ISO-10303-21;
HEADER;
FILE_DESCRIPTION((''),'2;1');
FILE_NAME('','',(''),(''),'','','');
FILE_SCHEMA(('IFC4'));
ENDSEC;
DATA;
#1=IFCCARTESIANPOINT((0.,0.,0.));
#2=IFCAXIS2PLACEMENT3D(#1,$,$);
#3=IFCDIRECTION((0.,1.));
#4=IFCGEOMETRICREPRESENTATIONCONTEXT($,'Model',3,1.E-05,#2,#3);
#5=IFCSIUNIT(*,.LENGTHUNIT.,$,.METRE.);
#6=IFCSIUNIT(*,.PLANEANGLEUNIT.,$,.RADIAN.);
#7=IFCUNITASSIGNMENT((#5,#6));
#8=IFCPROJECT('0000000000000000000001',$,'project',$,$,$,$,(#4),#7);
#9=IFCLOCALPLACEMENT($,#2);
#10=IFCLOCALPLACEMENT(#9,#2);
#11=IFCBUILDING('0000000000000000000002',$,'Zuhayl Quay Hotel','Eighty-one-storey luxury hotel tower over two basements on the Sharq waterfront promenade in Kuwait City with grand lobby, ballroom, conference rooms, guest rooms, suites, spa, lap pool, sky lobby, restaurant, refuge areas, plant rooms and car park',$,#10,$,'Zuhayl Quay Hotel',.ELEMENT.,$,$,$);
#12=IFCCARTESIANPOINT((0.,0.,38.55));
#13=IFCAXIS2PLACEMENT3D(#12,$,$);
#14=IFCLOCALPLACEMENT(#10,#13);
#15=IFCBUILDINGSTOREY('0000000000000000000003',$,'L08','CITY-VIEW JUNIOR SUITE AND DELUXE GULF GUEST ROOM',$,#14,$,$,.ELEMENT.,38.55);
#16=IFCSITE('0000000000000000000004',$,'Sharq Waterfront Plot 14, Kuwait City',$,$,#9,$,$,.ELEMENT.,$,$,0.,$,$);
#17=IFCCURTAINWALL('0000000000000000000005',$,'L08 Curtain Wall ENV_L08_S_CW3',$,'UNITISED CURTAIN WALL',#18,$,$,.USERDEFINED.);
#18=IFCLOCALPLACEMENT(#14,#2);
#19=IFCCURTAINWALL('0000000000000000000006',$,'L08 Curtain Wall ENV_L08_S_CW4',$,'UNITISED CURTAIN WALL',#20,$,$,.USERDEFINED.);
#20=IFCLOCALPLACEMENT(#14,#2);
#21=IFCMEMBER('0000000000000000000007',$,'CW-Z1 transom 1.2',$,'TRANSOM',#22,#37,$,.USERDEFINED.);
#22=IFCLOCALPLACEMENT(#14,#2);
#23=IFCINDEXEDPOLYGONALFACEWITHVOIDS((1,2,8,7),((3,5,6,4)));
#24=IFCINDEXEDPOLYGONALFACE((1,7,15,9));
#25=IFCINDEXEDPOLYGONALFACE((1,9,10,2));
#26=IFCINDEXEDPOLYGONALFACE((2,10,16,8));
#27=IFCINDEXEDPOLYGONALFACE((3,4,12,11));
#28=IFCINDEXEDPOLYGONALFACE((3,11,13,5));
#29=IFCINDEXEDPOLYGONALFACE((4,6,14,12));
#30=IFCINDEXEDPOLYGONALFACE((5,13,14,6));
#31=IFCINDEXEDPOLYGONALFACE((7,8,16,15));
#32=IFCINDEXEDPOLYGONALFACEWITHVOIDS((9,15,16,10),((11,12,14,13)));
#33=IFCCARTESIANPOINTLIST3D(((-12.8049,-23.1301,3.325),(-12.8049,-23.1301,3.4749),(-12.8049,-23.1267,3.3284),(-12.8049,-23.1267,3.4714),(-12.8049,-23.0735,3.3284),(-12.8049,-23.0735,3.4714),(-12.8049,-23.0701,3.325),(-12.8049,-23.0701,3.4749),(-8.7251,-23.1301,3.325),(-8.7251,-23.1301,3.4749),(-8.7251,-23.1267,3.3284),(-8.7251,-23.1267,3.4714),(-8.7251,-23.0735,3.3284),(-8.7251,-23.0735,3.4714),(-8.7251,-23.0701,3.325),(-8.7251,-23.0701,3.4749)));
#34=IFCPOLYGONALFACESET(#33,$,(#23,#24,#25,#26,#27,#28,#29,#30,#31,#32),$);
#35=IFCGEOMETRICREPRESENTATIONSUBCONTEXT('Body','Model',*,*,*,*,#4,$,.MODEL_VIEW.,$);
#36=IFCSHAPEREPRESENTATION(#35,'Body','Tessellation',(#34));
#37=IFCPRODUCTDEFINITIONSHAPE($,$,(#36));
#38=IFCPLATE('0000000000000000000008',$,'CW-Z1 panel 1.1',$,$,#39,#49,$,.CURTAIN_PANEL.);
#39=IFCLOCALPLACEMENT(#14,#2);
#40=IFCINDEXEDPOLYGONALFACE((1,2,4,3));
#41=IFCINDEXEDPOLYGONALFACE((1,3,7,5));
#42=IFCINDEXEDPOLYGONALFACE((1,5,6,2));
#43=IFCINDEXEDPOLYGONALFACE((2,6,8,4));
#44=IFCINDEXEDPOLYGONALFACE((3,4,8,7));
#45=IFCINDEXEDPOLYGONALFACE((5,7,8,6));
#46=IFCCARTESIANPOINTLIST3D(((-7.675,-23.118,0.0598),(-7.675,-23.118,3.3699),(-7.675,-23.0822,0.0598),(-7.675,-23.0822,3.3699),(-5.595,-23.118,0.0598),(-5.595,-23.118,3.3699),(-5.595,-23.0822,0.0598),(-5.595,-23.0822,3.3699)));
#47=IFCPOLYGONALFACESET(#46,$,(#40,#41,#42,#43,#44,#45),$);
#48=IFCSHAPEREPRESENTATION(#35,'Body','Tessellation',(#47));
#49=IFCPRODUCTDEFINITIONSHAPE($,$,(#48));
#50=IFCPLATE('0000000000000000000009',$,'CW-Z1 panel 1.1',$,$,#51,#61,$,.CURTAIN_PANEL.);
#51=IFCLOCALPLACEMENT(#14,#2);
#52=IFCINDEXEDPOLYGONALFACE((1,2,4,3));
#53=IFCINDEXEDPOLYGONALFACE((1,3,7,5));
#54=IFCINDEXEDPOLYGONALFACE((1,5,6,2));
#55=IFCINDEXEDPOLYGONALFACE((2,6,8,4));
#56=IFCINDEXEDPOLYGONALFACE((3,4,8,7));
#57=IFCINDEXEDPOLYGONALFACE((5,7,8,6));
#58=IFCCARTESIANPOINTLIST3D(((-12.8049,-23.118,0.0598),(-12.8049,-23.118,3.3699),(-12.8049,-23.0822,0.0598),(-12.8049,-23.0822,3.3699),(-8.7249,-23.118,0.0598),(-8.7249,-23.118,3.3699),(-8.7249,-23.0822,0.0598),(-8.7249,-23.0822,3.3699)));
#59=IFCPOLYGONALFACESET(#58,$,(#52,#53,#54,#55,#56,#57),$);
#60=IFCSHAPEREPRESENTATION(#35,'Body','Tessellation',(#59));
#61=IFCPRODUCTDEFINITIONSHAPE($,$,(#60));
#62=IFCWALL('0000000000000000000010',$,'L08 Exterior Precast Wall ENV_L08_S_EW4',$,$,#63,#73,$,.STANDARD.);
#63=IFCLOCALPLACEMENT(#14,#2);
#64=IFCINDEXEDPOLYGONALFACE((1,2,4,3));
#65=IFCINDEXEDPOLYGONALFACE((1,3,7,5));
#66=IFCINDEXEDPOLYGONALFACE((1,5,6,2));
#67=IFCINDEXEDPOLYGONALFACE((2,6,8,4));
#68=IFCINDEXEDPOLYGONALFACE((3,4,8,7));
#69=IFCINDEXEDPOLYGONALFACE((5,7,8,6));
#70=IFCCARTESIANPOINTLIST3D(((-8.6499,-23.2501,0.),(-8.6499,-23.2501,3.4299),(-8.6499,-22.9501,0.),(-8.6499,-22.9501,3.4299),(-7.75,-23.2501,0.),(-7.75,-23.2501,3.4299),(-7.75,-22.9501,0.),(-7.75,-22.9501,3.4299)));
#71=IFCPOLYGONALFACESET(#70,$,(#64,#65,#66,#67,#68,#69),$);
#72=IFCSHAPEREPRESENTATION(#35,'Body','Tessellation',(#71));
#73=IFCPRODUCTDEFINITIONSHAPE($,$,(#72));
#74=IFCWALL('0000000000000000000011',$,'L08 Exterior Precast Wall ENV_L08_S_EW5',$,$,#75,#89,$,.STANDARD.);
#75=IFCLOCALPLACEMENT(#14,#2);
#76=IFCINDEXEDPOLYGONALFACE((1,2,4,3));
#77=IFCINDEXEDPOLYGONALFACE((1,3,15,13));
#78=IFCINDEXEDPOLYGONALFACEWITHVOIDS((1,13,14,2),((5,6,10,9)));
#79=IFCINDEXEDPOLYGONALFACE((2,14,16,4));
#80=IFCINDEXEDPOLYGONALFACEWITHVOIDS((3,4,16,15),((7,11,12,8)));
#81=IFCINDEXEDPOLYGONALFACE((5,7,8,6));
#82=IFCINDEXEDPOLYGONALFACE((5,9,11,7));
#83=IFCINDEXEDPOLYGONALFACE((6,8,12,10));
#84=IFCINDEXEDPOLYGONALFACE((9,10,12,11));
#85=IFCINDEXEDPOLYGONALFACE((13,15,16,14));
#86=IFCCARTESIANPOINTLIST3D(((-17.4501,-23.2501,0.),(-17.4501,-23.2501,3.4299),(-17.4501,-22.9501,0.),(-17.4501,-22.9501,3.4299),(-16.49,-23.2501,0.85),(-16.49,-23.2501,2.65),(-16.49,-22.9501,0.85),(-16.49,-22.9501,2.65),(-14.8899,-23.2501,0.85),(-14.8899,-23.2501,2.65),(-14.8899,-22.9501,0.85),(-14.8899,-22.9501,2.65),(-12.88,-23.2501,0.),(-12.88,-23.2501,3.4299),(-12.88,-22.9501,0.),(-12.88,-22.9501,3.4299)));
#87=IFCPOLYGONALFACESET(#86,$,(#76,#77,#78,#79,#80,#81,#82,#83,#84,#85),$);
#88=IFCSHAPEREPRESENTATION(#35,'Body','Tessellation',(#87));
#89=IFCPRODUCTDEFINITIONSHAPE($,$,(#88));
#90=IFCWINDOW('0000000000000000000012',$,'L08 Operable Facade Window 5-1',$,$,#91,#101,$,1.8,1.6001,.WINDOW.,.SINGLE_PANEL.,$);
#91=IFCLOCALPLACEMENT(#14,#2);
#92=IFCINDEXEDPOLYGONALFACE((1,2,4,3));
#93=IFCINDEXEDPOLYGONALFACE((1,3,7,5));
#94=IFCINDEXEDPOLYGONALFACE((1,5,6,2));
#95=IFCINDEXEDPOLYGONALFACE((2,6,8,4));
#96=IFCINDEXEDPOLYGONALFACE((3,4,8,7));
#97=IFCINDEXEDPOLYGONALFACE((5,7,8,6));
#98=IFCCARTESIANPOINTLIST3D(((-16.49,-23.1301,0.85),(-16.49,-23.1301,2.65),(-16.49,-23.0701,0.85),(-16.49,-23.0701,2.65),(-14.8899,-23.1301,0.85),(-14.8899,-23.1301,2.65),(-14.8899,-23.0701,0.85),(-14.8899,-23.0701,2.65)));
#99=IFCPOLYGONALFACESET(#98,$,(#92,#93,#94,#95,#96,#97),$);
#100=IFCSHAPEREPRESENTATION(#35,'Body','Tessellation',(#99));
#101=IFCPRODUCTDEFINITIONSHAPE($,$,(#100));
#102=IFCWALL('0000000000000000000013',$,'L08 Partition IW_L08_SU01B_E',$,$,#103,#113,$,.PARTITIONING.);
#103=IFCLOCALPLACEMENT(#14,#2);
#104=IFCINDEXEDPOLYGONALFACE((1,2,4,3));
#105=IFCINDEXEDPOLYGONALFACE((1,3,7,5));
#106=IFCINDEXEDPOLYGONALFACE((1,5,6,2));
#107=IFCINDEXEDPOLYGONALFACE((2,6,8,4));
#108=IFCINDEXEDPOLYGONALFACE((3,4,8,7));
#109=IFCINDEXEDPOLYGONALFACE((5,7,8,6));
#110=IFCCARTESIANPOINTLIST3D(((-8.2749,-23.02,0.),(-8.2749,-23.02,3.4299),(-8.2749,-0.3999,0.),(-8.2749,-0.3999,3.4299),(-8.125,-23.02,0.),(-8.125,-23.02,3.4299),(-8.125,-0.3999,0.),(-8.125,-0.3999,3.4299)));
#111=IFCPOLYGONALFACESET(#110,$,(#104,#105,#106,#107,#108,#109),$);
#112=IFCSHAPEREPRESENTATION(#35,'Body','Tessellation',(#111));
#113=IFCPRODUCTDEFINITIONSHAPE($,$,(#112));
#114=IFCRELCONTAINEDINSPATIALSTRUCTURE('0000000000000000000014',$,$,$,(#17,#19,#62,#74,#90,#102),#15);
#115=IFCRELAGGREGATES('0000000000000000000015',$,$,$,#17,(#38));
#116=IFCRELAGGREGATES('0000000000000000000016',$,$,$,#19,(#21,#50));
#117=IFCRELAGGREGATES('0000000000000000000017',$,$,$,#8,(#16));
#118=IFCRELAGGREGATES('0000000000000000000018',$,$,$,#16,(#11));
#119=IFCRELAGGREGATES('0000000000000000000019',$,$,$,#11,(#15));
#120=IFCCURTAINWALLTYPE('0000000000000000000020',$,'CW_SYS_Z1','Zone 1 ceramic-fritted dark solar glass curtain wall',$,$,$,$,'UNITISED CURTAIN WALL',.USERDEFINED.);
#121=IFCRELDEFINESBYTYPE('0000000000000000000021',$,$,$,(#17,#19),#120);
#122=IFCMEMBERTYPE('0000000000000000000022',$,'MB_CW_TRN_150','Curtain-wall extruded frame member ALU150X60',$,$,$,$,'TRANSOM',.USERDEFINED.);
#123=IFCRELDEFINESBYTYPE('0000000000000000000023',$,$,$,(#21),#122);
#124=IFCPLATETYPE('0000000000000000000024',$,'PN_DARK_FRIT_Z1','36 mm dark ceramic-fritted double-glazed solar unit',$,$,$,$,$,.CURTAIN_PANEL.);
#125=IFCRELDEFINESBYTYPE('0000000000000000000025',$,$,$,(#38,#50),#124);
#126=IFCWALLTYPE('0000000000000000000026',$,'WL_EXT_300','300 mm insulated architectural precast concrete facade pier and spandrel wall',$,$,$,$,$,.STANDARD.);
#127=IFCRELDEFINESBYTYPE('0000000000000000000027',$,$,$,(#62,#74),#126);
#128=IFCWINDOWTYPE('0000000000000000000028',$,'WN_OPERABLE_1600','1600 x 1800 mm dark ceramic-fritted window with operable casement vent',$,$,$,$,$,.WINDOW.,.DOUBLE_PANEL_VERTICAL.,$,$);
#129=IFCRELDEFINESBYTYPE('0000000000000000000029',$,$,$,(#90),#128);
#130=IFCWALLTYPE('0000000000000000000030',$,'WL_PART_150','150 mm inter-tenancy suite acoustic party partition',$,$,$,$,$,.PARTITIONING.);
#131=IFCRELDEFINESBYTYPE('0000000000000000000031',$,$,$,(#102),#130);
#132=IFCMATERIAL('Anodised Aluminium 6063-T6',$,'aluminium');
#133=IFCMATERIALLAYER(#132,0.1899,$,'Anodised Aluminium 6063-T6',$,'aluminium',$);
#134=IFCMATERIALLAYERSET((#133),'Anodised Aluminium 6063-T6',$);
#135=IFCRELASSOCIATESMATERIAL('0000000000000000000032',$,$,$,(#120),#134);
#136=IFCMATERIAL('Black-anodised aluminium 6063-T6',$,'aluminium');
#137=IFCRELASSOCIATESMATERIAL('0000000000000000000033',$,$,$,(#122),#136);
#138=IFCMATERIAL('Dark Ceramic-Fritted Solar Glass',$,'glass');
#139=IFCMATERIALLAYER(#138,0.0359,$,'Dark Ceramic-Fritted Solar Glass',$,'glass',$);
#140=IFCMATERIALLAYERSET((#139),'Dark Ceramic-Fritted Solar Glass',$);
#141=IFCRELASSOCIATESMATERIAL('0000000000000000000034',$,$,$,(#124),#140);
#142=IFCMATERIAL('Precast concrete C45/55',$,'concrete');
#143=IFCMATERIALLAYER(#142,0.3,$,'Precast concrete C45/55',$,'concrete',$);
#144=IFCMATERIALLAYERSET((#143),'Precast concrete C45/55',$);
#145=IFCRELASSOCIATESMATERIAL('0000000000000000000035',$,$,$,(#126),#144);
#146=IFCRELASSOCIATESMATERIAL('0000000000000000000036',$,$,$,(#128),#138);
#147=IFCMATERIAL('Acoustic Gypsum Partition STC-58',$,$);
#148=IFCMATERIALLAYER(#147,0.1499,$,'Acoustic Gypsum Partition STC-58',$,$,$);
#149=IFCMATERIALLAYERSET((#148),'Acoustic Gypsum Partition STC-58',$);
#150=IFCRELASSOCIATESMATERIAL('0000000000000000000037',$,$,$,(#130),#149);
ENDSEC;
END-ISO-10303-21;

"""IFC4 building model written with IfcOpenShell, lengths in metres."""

from ifc_helpers import new_model, si_unit, direction, frame, frame_2d, origin, origin_2d, place, context, subcontext, project, spatial, rectangle, hollow_rectangle, extrude, material, layer, layer_set, material_profile, profile_set, type_object, element, fill, aggregate, save


model = new_model("IFC4")

# Units and contexts
model_context = context("Model", 3, precision=1e-05, world=origin(), true_north=direction((0.0, 1.0)))
body_context = subcontext(model_context, "Body", "Model", "MODEL_VIEW")
ifc_project = project(units=[si_unit("LENGTHUNIT", "METRE"), si_unit("PLANEANGLEUNIT", "RADIAN")], contexts=[model_context])

# Site, building, storey
site_placement = place(None, origin())
site = spatial("IfcSite", under=ifc_project, at=site_placement, Name="Sharq Waterfront Plot 14, Kuwait City", CompositionType="ELEMENT", RefElevation=0.0)
building_placement = place(site_placement, origin())
building = spatial("IfcBuilding", under=site, at=building_placement, Name="Zuhayl Quay Hotel", Description="Eighty-one-storey luxury hotel tower over two basements on the Sharq waterfront promenade in Kuwait City with grand lobby, ballroom, conference rooms, guest rooms, suites, spa, lap pool, sky lobby, restaurant, refuge areas, plant rooms and car park", LongName="Zuhayl Quay Hotel", CompositionType="ELEMENT")
storey_placement = place(building_placement, frame((0.0, 0.0, 38.55)))
storey = spatial("IfcBuildingStorey", under=building, at=storey_placement, Name="L08", Description="CITY-VIEW JUNIOR SUITE AND DELUXE GULF GUEST ROOM", CompositionType="ELEMENT", Elevation=38.55)

# Curtain walls
ifc_material_1 = material(Name="Anodised Aluminium 6063-T6", Category="aluminium")
ifc_layer_1 = layer(ifc_material_1, 0.1899, Name="Anodised Aluminium 6063-T6", Category="aluminium")
ifc_layer_set_1 = layer_set([ifc_layer_1], Name="Anodised Aluminium 6063-T6")
curtain_wall_type = type_object("IfcCurtainWallType", Name="CW_SYS_Z1", Description="Zone 1 ceramic-fritted dark solar glass curtain wall", ElementType="UNITISED CURTAIN WALL", PredefinedType="USERDEFINED", material=ifc_layer_set_1)
curtain_wall_1_placement = place(storey_placement, origin())
curtain_wall_1 = element("IfcCurtainWall", 1, at=curtain_wall_1_placement, inside=storey, type_object=curtain_wall_type, Name="L08 Curtain Wall ENV_L08_S_CW3", ObjectType="UNITISED CURTAIN WALL", PredefinedType="USERDEFINED")
ifc_material_2 = material(Name="Black-anodised aluminium 6063-T6", Category="aluminium")
curtain_wall_2_placement = place(storey_placement, origin())
curtain_wall_2 = element("IfcCurtainWall", 2, at=curtain_wall_2_placement, inside=storey, type_object=curtain_wall_type, Name="L08 Curtain Wall ENV_L08_S_CW4", ObjectType="UNITISED CURTAIN WALL", PredefinedType="USERDEFINED")

# Member
ifc_material_profile_1 = material_profile(ifc_material_2, hollow_rectangle(XDim=0.0601, YDim=0.1499, WallThickness=0.0034, at=origin_2d()), Name="ALU150X60")
ifc_profile_set_1 = profile_set([ifc_material_profile_1], Name="Black-anodised aluminium 6063-T6")
member_type_1 = type_object("IfcMemberType", Name="MB_CW_TRN_150", Description="Curtain-wall extruded frame member ALU150X60", ElementType="TRANSOM", PredefinedType="USERDEFINED", material=ifc_profile_set_1)
member_1_placement = place(storey_placement, frame((-8.7251, -23.1001, 3.3999), z_axis=(-1.0, 0.0, 0.0), x_axis=(0.0, -1.0, 0.0)))
member_1 = element("IfcMember", 3, at=member_1_placement, type_object=member_type_1, Name="CW-Z1 transom 1.2", ObjectType="TRANSOM", PredefinedType="USERDEFINED", context=body_context, shape_type="SweptSolid", body=[
    extrude(hollow_rectangle(XDim=0.0601, YDim=0.1499, WallThickness=0.0034, at=origin_2d()), origin(), (0.0, 0.0, 1.0), 4.0798),
])

# Plates
ifc_material_3 = material(Name="Dark Ceramic-Fritted Solar Glass", Category="glass")
ifc_layer_2 = layer(ifc_material_3, 0.0359, Name="Dark Ceramic-Fritted Solar Glass", Category="glass")
ifc_layer_set_2 = layer_set([ifc_layer_2], Name="Dark Ceramic-Fritted Solar Glass")
plate_type = type_object("IfcPlateType", Name="PN_DARK_FRIT_Z1", Description="36 mm dark ceramic-fritted double-glazed solar unit", PredefinedType="CURTAIN_PANEL", material=ifc_layer_set_2)
plate_1_placement = place(storey_placement, frame((-6.635, -23.1001, 0.0598), z_axis=(0.0, 0.0, 1.0), x_axis=(-1.0, 0.0, 0.0)))
plate_1 = element("IfcPlate", 4, at=plate_1_placement, type_object=plate_type, Name="CW-Z1 panel 1.1", PredefinedType="CURTAIN_PANEL", context=body_context, shape_type="SweptSolid", body=[
    extrude(rectangle(XDim=2.0801, YDim=0.0359, at=origin_2d()), origin(), (0.0, 0.0, 1.0), 3.3101),
])
aggregate(curtain_wall_1, [plate_1])
plate_2_placement = place(storey_placement, frame((-10.7649, -23.1001, 0.0598), z_axis=(0.0, 0.0, 1.0), x_axis=(-1.0, 0.0, 0.0)))
plate_2 = element("IfcPlate", 5, at=plate_2_placement, type_object=plate_type, Name="CW-Z1 panel 1.1", PredefinedType="CURTAIN_PANEL", context=body_context, shape_type="SweptSolid", body=[
    extrude(rectangle(XDim=4.0801, YDim=0.0359, at=origin_2d()), origin(), (0.0, 0.0, 1.0), 3.3101),
])
aggregate(curtain_wall_2, [member_1, plate_2])

# Wall
ifc_material_4 = material(Name="Precast concrete C45/55", Category="concrete")
ifc_layer_3 = layer(ifc_material_4, 0.3, Name="Precast concrete C45/55", Category="concrete")
ifc_layer_set_3 = layer_set([ifc_layer_3], Name="Precast concrete C45/55")
wall_type_1 = type_object("IfcWallType", Name="WL_EXT_300", Description="300 mm insulated architectural precast concrete facade pier and spandrel wall", PredefinedType="STANDARD", material=ifc_layer_set_3)
wall_1_placement = place(storey_placement, frame((-7.75, -23.1001, 0.0), z_axis=(0.0, 0.0, 1.0), x_axis=(-1.0, 0.0, 0.0)))
element("IfcWall", 6, at=wall_1_placement, inside=storey, type_object=wall_type_1, Name="L08 Exterior Precast Wall ENV_L08_S_EW4", PredefinedType="STANDARD", context=body_context, shape_type="SweptSolid", body=[
    extrude(rectangle(XDim=0.8999, YDim=0.3, at=frame_2d((0.45, 0.0))), origin(), (0.0, 0.0, 1.0), 3.4299),
])

# Wall, opening, window
wall_2_placement = place(storey_placement, frame((-12.8799, -23.1001, 0.0), z_axis=(0.0, 0.0, 1.0), x_axis=(-1.0, 0.0, 0.0)))
wall_2 = element("IfcWall", 7, at=wall_2_placement, inside=storey, type_object=wall_type_1, Name="L08 Exterior Precast Wall ENV_L08_S_EW5", PredefinedType="STANDARD", context=body_context, shape_type="SweptSolid", body=[
    extrude(rectangle(XDim=4.5701, YDim=0.3, at=frame_2d((2.2852, 0.0))), origin(), (0.0, 0.0, 1.0), 3.4299),
])
opening_placement = place(wall_2_placement, frame((2.01, 0.0, 0.8501)))
opening = element("IfcOpeningElement", 8, at=opening_placement, cuts=wall_2, PredefinedType="OPENING", context=body_context, shape_type="SweptSolid", body=[
    extrude(rectangle(XDim=1.6001, YDim=1.8, at=frame_2d((0.8, 0.8999))), frame((0.0, 0.1599, 0.0), z_axis=(0.0, -1.0, 0.0), x_axis=(1.0, 0.0, 0.0)), (0.0, 0.0, 1.0), 0.3201),
])
window_type = type_object("IfcWindowType", Name="WN_OPERABLE_1600", Description="1600 x 1800 mm dark ceramic-fritted window with operable casement vent", PartitioningType="DOUBLE_PANEL_VERTICAL", PredefinedType="WINDOW", material=ifc_material_3)
window_placement = place(opening_placement, origin())
window = element("IfcWindow", 9, at=window_placement, inside=storey, type_object=window_type, Name="L08 Operable Facade Window 5-1", OverallHeight=1.8, OverallWidth=1.6001, PartitioningType="SINGLE_PANEL", PredefinedType="WINDOW", context=body_context, shape_type="SweptSolid", body=[
    extrude(rectangle(XDim=1.6001, YDim=1.8, at=frame_2d((0.8, 0.8999))), frame((0.0, 0.03, 0.0), z_axis=(0.0, -1.0, 0.0), x_axis=(1.0, 0.0, 0.0)), (0.0, 0.0, 1.0), 0.0601),
])
fill(opening, window)

# Wall
ifc_material_5 = material(Name="Acoustic Gypsum Partition STC-58")
ifc_layer_4 = layer(ifc_material_5, 0.1499, Name="Acoustic Gypsum Partition STC-58")
ifc_layer_set_4 = layer_set([ifc_layer_4], Name="Acoustic Gypsum Partition STC-58")
wall_type_2 = type_object("IfcWallType", Name="WL_PART_150", Description="150 mm inter-tenancy suite acoustic party partition", PredefinedType="PARTITIONING", material=ifc_layer_set_4)
wall_3_placement = place(storey_placement, frame((-8.2, -23.02, 0.0), z_axis=(0.0, 0.0, 1.0), x_axis=(0.0, 1.0, 0.0)))
element("IfcWall", 10, at=wall_3_placement, inside=storey, type_object=wall_type_2, Name="L08 Partition IW_L08_SU01B_E", PredefinedType="PARTITIONING", context=body_context, shape_type="SweptSolid", body=[
    extrude(rectangle(XDim=22.6201, YDim=0.1499, at=frame_2d((11.3101, 0.0))), origin(), (0.0, 0.0, 1.0), 3.4299),
])

save(model, "model.ifc")
